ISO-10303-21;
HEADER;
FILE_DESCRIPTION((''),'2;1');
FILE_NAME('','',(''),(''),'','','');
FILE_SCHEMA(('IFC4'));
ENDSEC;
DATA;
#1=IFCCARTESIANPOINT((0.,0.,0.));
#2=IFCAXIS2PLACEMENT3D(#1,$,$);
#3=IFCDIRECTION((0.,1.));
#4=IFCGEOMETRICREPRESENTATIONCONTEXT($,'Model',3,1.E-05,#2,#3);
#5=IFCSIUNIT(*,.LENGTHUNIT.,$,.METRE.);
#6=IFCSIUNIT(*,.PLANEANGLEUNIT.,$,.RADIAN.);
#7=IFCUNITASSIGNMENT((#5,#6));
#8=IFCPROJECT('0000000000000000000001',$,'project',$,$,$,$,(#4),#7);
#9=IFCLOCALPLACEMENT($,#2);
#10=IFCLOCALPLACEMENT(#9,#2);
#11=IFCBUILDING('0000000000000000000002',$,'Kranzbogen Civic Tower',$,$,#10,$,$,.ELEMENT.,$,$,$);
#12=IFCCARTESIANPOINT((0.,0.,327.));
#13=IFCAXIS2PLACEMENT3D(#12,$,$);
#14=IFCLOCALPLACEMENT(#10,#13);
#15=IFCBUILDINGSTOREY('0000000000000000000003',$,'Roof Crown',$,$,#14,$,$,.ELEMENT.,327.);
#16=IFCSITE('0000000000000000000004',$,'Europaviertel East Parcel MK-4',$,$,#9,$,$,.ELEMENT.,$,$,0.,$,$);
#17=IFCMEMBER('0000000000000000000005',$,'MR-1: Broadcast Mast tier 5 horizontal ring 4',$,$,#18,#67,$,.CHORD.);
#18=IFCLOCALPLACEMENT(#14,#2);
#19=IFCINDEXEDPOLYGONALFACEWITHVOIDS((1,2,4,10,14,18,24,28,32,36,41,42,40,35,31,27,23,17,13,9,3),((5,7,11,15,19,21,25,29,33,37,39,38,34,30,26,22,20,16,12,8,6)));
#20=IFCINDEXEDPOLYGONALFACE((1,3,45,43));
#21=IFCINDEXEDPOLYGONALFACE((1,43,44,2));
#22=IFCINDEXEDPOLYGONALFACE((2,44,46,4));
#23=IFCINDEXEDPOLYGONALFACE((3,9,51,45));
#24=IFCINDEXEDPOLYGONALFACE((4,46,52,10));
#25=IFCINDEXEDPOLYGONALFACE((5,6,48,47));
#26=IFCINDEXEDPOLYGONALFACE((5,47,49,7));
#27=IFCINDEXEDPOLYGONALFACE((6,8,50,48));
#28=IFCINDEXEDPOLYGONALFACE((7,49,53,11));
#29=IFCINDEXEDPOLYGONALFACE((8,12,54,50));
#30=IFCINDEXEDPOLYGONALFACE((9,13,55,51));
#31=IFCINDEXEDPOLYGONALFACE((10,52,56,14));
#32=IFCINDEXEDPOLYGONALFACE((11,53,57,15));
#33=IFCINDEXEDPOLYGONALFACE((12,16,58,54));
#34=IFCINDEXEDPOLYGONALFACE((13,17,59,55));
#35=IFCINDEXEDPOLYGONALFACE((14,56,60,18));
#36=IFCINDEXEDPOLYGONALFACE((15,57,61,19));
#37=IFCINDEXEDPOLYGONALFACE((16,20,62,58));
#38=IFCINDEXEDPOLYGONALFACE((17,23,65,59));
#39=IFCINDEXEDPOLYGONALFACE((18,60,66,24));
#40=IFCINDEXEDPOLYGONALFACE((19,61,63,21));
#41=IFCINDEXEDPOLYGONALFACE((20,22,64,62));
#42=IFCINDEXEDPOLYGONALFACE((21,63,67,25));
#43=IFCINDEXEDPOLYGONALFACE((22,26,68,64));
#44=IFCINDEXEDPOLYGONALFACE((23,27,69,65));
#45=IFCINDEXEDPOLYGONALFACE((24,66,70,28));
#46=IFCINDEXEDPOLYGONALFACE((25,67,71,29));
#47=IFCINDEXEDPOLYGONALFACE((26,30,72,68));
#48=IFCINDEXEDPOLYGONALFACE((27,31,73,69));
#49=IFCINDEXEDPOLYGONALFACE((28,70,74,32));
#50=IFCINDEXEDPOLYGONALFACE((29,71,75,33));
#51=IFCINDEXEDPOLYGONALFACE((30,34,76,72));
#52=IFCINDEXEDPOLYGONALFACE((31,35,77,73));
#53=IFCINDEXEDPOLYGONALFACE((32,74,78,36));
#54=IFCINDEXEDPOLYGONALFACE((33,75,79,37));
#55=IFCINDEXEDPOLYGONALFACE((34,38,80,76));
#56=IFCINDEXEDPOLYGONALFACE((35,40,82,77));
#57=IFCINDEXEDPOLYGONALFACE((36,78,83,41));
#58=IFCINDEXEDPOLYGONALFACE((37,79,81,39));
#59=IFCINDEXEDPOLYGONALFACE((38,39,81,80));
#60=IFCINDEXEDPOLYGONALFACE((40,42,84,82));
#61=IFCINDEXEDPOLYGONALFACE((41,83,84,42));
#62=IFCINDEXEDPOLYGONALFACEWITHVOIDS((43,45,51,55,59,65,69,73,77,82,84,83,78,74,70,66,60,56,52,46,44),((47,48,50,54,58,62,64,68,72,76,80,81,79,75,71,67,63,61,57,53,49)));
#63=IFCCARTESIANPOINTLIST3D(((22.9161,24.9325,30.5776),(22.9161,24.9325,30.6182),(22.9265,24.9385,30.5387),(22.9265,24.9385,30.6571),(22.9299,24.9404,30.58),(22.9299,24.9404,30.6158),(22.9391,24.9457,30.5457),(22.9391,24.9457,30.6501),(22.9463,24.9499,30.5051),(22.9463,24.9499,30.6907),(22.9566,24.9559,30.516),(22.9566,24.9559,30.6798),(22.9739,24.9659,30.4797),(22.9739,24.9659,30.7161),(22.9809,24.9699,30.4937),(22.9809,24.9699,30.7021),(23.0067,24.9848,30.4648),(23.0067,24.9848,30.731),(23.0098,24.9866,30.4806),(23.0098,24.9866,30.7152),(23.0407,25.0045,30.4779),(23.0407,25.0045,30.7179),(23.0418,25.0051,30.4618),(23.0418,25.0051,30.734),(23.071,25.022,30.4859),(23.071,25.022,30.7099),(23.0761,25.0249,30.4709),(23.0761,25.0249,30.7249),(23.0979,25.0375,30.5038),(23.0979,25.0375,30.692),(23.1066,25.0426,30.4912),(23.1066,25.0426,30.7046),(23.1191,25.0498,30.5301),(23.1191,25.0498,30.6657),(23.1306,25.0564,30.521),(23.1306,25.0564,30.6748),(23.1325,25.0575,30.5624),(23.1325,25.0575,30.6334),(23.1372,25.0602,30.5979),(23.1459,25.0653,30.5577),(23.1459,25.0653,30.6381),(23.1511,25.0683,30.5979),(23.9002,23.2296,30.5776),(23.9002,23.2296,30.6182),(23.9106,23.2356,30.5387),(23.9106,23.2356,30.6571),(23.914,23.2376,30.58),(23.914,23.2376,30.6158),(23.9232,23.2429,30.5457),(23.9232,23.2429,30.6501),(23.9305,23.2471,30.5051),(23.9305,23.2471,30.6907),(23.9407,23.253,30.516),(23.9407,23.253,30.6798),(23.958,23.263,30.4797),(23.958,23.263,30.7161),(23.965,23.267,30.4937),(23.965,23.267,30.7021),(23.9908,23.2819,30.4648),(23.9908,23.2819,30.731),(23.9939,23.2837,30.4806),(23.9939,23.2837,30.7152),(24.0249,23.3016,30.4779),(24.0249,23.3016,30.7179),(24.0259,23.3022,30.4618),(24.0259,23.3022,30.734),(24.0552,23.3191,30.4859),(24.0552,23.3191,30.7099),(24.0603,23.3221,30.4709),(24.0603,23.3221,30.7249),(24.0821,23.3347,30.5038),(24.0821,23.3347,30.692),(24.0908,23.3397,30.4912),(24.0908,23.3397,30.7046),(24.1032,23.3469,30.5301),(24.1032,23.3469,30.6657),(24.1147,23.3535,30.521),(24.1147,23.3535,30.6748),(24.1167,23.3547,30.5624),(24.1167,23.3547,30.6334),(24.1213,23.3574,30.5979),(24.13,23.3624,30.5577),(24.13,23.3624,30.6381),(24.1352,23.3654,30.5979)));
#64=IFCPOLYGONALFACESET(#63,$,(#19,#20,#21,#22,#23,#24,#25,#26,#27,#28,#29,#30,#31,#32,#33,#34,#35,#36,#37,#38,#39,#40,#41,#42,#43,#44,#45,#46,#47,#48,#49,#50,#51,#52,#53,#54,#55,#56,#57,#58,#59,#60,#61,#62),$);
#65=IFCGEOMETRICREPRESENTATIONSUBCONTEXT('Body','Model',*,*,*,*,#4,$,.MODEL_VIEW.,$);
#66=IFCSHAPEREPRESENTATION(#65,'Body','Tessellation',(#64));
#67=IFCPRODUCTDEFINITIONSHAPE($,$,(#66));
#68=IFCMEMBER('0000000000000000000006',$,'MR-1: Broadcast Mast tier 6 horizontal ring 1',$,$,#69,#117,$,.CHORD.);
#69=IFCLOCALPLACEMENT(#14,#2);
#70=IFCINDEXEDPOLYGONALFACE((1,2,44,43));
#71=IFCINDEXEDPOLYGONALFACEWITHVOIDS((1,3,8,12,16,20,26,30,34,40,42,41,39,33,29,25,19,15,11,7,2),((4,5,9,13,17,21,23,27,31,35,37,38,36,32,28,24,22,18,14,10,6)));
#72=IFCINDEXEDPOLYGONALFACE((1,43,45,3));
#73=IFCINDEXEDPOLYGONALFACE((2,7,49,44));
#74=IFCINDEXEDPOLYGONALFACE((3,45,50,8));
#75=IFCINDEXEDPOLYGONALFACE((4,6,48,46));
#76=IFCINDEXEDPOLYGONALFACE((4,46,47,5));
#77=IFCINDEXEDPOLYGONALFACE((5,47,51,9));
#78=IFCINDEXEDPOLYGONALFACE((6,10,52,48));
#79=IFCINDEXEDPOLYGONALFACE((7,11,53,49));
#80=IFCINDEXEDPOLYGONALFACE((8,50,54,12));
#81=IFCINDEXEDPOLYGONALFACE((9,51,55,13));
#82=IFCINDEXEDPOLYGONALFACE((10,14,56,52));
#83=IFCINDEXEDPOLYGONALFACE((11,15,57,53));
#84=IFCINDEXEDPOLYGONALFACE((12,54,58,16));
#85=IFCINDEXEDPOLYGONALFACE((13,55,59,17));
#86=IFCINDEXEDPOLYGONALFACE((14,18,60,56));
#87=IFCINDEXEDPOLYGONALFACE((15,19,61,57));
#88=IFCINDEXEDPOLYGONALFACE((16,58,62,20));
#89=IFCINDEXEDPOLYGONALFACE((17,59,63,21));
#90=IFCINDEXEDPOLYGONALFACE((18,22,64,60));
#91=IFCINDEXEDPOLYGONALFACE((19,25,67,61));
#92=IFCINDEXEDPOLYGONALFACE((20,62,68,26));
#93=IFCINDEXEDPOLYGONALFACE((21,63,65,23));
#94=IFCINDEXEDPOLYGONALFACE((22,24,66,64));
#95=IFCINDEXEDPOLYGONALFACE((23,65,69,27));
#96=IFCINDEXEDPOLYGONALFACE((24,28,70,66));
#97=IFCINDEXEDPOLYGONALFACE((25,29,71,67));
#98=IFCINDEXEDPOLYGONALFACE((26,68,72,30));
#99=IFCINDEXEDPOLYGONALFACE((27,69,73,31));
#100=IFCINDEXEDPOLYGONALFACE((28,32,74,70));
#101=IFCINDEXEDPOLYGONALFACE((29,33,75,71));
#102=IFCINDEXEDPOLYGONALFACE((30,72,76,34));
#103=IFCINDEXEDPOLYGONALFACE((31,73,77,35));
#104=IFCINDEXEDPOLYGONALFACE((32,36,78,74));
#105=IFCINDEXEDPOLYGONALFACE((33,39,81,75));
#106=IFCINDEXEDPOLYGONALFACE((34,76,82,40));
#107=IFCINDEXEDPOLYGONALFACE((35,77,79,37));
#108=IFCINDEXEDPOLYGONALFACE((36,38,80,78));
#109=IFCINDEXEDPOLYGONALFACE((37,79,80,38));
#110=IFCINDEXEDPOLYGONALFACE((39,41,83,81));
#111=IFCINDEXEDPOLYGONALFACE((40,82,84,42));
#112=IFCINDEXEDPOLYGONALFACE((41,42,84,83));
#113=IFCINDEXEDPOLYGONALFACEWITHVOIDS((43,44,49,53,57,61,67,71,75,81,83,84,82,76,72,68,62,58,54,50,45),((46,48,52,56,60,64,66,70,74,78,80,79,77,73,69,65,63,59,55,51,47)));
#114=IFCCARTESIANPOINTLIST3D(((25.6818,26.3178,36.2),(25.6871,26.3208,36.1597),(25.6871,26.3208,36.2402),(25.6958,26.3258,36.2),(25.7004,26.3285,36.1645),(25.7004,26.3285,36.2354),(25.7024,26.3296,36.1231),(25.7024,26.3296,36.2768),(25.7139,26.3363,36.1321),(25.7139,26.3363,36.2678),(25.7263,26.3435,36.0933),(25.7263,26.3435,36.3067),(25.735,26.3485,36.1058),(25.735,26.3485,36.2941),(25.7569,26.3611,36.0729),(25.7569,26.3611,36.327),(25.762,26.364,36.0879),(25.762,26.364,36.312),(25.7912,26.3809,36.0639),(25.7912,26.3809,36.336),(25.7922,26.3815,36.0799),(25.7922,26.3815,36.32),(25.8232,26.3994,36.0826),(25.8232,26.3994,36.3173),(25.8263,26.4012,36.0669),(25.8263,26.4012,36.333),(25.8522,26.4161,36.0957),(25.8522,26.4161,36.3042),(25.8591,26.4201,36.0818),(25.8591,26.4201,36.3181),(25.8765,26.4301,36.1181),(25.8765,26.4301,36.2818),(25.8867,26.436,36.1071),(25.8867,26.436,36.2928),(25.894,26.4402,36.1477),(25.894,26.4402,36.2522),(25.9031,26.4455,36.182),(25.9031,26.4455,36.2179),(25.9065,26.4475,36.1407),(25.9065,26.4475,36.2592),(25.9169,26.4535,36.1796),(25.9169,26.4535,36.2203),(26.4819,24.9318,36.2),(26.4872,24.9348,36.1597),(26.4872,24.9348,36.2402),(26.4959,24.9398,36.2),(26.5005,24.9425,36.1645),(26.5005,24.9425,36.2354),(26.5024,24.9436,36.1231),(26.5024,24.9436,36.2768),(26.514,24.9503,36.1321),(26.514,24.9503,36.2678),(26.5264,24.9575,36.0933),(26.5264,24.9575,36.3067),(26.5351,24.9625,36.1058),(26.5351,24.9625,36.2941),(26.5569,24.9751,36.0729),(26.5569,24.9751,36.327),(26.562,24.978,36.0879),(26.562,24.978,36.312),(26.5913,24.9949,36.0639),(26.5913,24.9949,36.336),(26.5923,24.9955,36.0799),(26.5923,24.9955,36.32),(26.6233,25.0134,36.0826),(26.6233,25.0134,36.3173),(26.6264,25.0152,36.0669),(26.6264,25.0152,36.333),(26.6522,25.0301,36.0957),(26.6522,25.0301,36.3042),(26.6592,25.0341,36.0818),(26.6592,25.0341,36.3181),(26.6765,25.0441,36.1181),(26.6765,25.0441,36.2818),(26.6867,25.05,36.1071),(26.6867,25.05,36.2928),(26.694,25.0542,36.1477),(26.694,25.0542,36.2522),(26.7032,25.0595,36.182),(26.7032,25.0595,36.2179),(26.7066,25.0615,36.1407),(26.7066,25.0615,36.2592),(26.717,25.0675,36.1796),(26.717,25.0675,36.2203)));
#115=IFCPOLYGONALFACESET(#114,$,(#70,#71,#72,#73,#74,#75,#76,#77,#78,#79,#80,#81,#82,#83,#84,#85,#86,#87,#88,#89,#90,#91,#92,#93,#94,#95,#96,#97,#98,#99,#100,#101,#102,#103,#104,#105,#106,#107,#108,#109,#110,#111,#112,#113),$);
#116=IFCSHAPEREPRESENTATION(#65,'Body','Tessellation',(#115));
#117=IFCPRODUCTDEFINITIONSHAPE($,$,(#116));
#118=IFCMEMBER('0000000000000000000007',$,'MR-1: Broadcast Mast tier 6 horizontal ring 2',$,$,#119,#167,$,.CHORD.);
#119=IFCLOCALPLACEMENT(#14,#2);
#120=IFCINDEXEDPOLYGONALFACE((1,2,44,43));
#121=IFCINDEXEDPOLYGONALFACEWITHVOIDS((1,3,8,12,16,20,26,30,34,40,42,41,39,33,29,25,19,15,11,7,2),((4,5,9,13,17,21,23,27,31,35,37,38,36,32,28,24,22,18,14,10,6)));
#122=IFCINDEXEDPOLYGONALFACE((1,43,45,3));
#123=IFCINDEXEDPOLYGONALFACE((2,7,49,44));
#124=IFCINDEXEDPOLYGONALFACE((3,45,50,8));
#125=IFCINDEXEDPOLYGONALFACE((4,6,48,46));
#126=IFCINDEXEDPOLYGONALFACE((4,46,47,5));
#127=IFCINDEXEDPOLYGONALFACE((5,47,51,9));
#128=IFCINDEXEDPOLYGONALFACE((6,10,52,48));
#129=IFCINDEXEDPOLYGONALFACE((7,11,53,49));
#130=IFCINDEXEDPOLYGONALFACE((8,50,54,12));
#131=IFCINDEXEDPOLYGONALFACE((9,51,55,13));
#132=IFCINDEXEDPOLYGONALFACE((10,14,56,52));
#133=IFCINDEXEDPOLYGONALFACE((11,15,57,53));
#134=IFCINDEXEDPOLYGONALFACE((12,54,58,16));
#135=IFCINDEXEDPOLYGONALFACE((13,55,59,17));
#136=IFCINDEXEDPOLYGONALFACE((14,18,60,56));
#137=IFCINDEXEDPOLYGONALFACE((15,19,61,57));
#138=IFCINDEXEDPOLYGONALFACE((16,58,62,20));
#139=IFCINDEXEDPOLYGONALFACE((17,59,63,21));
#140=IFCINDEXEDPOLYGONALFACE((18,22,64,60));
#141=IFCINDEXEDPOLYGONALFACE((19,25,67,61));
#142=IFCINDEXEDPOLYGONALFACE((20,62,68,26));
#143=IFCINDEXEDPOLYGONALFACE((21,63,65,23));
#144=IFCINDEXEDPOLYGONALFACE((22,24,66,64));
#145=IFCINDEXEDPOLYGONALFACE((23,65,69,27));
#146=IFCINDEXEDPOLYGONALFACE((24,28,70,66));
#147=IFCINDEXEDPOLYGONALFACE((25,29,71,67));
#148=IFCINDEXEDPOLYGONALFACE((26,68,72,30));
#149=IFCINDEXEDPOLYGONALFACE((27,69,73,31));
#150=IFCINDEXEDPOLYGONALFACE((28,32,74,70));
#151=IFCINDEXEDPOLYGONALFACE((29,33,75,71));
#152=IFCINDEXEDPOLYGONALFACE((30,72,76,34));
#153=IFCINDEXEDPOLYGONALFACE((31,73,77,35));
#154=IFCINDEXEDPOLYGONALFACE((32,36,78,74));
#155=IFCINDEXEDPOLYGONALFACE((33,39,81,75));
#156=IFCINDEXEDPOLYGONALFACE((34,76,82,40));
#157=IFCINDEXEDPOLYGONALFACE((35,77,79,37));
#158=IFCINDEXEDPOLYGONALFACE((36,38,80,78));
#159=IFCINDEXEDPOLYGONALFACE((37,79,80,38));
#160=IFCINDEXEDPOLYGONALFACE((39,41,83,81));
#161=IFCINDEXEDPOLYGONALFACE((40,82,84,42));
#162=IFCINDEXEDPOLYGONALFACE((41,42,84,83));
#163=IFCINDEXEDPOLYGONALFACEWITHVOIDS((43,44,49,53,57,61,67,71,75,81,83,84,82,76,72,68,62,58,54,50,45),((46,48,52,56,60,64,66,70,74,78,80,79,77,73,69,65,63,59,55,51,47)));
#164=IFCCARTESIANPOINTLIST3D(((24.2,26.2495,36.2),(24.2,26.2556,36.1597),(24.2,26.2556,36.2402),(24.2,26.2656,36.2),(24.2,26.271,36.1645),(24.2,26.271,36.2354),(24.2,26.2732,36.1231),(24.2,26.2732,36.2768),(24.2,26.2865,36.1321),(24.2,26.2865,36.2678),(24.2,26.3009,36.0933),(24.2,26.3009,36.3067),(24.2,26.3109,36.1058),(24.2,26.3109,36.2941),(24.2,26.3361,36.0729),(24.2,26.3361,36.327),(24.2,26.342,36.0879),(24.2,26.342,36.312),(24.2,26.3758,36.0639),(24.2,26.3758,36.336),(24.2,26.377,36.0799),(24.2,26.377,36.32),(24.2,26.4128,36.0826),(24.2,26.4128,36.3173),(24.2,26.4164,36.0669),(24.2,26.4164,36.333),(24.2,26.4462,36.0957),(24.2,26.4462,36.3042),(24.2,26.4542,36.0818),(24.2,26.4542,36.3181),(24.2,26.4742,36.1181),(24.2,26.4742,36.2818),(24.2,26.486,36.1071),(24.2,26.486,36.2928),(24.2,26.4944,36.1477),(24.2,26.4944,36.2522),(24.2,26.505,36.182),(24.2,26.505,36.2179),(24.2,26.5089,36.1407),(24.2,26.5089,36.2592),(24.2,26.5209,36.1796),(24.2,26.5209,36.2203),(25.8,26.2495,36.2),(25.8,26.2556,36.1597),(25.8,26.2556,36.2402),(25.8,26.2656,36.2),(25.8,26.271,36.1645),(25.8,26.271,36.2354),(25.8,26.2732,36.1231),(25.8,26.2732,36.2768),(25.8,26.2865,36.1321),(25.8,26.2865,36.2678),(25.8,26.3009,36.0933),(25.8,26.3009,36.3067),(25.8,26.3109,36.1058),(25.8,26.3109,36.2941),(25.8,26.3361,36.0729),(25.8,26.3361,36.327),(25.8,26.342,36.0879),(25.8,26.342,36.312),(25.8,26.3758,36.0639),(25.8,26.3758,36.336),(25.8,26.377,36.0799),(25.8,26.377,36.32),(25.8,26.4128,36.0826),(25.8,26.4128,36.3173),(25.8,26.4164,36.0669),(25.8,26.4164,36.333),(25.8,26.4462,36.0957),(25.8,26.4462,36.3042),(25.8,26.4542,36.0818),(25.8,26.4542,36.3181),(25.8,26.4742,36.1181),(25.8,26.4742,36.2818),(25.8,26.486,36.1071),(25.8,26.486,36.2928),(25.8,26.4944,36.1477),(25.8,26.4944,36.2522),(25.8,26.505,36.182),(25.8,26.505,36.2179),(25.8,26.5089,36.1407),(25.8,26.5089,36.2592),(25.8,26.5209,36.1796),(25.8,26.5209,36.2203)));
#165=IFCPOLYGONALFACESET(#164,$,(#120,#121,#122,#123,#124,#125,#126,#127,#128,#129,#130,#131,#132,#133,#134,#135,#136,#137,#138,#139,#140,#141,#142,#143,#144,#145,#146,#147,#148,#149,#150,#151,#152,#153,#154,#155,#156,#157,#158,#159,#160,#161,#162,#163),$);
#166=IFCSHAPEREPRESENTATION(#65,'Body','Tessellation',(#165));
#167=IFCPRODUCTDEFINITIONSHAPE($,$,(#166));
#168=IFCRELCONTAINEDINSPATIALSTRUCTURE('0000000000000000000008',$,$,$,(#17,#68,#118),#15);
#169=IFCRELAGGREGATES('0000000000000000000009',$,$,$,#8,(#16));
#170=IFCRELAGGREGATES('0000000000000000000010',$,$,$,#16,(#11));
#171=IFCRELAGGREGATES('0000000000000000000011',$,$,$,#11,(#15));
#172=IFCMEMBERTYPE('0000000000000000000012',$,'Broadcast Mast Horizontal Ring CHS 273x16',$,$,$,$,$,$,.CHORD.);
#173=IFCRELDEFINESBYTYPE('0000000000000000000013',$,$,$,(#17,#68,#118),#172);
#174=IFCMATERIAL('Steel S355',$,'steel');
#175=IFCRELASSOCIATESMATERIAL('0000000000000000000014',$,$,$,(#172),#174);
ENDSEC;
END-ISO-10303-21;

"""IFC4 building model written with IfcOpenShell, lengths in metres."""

from ifc_helpers import new_model, si_unit, direction, frame, origin, origin_2d, place, context, subcontext, project, spatial, hollow_circle, extrude, material, material_profile, profile_set, type_object, element, save


model = new_model("IFC4")

# Units and contexts
model_context = context("Model", 3, precision=1e-05, world=origin(), true_north=direction((0.0, 1.0)))
body_context = subcontext(model_context, "Body", "Model", "MODEL_VIEW")
ifc_project = project(units=[si_unit("LENGTHUNIT", "METRE"), si_unit("PLANEANGLEUNIT", "RADIAN")], contexts=[model_context])

# Site, building, storey
site_placement = place(None, origin())
site = spatial("IfcSite", under=ifc_project, at=site_placement, Name="Europaviertel East Parcel MK-4", CompositionType="ELEMENT", RefElevation=0.0)
building_placement = place(site_placement, origin())
building = spatial("IfcBuilding", under=site, at=building_placement, Name="Kranzbogen Civic Tower", CompositionType="ELEMENT")
storey_placement = place(building_placement, frame((0.0, 0.0, 327.0)))
storey = spatial("IfcBuildingStorey", under=building, at=storey_placement, Name="Roof Crown", CompositionType="ELEMENT", Elevation=327.0)

# Members
ifc_material = material(Name="Steel S355", Category="steel")
ifc_material_profile_1 = material_profile(ifc_material, hollow_circle(Radius=0.1365, WallThickness=0.0161, at=origin_2d()), Name="CHS 273x16")
ifc_profile_set_1 = profile_set([ifc_material_profile_1], Name="Steel S355")
member_type_1 = type_object("IfcMemberType", Name="Broadcast Mast Horizontal Ring CHS 273x16", PredefinedType="CHORD", material=ifc_profile_set_1)
for number, where, z_axis, x_axis, name in (
    (1, (23.033, 25.0, 30.5979), (0.500371, -0.865811, 0.0), (0.865811, 0.500371, 0.0), "MR-1: Broadcast Mast tier 5 horizontal ring 4"),
):
    element("IfcMember", number, at=place(storey_placement, frame(where, z_axis=z_axis, x_axis=x_axis)), inside=storey, type_object=member_type_1, Name=name, PredefinedType="CHORD", context=body_context, shape_type="SweptSolid", body=[
        extrude(hollow_circle(Radius=0.1365, WallThickness=0.0161, at=origin_2d()), origin(), (0.0, 0.0, 1.0), 1.9668),
    ])
member_1_placement = place(storey_placement, frame((26.6001, 25.0, 36.2), z_axis=(-0.499929, 0.866066, 0.0), x_axis=(-0.866066, -0.499929, 0.0)))
element("IfcMember", 2, at=member_1_placement, inside=storey, type_object=member_type_1, Name="MR-1: Broadcast Mast tier 6 horizontal ring 1", PredefinedType="CHORD", context=body_context, shape_type="SweptSolid", body=[
    extrude(hollow_circle(Radius=0.1365, WallThickness=0.0161, at=origin_2d()), origin(), (0.0, 0.0, 1.0), 1.6003),
])
member_2_placement = place(storey_placement, frame((25.8, 26.386, 36.2), z_axis=(-1.0, 0.0, 0.0), x_axis=(0.0, -1.0, 0.0)))
element("IfcMember", 3, at=member_2_placement, inside=storey, type_object=member_type_1, Name="MR-1: Broadcast Mast tier 6 horizontal ring 2", PredefinedType="CHORD", context=body_context, shape_type="SweptSolid", body=[
    extrude(hollow_circle(Radius=0.1365, WallThickness=0.0161, at=origin_2d()), origin(), (0.0, 0.0, 1.0), 1.6001),
])

save(model, "model.ifc")
